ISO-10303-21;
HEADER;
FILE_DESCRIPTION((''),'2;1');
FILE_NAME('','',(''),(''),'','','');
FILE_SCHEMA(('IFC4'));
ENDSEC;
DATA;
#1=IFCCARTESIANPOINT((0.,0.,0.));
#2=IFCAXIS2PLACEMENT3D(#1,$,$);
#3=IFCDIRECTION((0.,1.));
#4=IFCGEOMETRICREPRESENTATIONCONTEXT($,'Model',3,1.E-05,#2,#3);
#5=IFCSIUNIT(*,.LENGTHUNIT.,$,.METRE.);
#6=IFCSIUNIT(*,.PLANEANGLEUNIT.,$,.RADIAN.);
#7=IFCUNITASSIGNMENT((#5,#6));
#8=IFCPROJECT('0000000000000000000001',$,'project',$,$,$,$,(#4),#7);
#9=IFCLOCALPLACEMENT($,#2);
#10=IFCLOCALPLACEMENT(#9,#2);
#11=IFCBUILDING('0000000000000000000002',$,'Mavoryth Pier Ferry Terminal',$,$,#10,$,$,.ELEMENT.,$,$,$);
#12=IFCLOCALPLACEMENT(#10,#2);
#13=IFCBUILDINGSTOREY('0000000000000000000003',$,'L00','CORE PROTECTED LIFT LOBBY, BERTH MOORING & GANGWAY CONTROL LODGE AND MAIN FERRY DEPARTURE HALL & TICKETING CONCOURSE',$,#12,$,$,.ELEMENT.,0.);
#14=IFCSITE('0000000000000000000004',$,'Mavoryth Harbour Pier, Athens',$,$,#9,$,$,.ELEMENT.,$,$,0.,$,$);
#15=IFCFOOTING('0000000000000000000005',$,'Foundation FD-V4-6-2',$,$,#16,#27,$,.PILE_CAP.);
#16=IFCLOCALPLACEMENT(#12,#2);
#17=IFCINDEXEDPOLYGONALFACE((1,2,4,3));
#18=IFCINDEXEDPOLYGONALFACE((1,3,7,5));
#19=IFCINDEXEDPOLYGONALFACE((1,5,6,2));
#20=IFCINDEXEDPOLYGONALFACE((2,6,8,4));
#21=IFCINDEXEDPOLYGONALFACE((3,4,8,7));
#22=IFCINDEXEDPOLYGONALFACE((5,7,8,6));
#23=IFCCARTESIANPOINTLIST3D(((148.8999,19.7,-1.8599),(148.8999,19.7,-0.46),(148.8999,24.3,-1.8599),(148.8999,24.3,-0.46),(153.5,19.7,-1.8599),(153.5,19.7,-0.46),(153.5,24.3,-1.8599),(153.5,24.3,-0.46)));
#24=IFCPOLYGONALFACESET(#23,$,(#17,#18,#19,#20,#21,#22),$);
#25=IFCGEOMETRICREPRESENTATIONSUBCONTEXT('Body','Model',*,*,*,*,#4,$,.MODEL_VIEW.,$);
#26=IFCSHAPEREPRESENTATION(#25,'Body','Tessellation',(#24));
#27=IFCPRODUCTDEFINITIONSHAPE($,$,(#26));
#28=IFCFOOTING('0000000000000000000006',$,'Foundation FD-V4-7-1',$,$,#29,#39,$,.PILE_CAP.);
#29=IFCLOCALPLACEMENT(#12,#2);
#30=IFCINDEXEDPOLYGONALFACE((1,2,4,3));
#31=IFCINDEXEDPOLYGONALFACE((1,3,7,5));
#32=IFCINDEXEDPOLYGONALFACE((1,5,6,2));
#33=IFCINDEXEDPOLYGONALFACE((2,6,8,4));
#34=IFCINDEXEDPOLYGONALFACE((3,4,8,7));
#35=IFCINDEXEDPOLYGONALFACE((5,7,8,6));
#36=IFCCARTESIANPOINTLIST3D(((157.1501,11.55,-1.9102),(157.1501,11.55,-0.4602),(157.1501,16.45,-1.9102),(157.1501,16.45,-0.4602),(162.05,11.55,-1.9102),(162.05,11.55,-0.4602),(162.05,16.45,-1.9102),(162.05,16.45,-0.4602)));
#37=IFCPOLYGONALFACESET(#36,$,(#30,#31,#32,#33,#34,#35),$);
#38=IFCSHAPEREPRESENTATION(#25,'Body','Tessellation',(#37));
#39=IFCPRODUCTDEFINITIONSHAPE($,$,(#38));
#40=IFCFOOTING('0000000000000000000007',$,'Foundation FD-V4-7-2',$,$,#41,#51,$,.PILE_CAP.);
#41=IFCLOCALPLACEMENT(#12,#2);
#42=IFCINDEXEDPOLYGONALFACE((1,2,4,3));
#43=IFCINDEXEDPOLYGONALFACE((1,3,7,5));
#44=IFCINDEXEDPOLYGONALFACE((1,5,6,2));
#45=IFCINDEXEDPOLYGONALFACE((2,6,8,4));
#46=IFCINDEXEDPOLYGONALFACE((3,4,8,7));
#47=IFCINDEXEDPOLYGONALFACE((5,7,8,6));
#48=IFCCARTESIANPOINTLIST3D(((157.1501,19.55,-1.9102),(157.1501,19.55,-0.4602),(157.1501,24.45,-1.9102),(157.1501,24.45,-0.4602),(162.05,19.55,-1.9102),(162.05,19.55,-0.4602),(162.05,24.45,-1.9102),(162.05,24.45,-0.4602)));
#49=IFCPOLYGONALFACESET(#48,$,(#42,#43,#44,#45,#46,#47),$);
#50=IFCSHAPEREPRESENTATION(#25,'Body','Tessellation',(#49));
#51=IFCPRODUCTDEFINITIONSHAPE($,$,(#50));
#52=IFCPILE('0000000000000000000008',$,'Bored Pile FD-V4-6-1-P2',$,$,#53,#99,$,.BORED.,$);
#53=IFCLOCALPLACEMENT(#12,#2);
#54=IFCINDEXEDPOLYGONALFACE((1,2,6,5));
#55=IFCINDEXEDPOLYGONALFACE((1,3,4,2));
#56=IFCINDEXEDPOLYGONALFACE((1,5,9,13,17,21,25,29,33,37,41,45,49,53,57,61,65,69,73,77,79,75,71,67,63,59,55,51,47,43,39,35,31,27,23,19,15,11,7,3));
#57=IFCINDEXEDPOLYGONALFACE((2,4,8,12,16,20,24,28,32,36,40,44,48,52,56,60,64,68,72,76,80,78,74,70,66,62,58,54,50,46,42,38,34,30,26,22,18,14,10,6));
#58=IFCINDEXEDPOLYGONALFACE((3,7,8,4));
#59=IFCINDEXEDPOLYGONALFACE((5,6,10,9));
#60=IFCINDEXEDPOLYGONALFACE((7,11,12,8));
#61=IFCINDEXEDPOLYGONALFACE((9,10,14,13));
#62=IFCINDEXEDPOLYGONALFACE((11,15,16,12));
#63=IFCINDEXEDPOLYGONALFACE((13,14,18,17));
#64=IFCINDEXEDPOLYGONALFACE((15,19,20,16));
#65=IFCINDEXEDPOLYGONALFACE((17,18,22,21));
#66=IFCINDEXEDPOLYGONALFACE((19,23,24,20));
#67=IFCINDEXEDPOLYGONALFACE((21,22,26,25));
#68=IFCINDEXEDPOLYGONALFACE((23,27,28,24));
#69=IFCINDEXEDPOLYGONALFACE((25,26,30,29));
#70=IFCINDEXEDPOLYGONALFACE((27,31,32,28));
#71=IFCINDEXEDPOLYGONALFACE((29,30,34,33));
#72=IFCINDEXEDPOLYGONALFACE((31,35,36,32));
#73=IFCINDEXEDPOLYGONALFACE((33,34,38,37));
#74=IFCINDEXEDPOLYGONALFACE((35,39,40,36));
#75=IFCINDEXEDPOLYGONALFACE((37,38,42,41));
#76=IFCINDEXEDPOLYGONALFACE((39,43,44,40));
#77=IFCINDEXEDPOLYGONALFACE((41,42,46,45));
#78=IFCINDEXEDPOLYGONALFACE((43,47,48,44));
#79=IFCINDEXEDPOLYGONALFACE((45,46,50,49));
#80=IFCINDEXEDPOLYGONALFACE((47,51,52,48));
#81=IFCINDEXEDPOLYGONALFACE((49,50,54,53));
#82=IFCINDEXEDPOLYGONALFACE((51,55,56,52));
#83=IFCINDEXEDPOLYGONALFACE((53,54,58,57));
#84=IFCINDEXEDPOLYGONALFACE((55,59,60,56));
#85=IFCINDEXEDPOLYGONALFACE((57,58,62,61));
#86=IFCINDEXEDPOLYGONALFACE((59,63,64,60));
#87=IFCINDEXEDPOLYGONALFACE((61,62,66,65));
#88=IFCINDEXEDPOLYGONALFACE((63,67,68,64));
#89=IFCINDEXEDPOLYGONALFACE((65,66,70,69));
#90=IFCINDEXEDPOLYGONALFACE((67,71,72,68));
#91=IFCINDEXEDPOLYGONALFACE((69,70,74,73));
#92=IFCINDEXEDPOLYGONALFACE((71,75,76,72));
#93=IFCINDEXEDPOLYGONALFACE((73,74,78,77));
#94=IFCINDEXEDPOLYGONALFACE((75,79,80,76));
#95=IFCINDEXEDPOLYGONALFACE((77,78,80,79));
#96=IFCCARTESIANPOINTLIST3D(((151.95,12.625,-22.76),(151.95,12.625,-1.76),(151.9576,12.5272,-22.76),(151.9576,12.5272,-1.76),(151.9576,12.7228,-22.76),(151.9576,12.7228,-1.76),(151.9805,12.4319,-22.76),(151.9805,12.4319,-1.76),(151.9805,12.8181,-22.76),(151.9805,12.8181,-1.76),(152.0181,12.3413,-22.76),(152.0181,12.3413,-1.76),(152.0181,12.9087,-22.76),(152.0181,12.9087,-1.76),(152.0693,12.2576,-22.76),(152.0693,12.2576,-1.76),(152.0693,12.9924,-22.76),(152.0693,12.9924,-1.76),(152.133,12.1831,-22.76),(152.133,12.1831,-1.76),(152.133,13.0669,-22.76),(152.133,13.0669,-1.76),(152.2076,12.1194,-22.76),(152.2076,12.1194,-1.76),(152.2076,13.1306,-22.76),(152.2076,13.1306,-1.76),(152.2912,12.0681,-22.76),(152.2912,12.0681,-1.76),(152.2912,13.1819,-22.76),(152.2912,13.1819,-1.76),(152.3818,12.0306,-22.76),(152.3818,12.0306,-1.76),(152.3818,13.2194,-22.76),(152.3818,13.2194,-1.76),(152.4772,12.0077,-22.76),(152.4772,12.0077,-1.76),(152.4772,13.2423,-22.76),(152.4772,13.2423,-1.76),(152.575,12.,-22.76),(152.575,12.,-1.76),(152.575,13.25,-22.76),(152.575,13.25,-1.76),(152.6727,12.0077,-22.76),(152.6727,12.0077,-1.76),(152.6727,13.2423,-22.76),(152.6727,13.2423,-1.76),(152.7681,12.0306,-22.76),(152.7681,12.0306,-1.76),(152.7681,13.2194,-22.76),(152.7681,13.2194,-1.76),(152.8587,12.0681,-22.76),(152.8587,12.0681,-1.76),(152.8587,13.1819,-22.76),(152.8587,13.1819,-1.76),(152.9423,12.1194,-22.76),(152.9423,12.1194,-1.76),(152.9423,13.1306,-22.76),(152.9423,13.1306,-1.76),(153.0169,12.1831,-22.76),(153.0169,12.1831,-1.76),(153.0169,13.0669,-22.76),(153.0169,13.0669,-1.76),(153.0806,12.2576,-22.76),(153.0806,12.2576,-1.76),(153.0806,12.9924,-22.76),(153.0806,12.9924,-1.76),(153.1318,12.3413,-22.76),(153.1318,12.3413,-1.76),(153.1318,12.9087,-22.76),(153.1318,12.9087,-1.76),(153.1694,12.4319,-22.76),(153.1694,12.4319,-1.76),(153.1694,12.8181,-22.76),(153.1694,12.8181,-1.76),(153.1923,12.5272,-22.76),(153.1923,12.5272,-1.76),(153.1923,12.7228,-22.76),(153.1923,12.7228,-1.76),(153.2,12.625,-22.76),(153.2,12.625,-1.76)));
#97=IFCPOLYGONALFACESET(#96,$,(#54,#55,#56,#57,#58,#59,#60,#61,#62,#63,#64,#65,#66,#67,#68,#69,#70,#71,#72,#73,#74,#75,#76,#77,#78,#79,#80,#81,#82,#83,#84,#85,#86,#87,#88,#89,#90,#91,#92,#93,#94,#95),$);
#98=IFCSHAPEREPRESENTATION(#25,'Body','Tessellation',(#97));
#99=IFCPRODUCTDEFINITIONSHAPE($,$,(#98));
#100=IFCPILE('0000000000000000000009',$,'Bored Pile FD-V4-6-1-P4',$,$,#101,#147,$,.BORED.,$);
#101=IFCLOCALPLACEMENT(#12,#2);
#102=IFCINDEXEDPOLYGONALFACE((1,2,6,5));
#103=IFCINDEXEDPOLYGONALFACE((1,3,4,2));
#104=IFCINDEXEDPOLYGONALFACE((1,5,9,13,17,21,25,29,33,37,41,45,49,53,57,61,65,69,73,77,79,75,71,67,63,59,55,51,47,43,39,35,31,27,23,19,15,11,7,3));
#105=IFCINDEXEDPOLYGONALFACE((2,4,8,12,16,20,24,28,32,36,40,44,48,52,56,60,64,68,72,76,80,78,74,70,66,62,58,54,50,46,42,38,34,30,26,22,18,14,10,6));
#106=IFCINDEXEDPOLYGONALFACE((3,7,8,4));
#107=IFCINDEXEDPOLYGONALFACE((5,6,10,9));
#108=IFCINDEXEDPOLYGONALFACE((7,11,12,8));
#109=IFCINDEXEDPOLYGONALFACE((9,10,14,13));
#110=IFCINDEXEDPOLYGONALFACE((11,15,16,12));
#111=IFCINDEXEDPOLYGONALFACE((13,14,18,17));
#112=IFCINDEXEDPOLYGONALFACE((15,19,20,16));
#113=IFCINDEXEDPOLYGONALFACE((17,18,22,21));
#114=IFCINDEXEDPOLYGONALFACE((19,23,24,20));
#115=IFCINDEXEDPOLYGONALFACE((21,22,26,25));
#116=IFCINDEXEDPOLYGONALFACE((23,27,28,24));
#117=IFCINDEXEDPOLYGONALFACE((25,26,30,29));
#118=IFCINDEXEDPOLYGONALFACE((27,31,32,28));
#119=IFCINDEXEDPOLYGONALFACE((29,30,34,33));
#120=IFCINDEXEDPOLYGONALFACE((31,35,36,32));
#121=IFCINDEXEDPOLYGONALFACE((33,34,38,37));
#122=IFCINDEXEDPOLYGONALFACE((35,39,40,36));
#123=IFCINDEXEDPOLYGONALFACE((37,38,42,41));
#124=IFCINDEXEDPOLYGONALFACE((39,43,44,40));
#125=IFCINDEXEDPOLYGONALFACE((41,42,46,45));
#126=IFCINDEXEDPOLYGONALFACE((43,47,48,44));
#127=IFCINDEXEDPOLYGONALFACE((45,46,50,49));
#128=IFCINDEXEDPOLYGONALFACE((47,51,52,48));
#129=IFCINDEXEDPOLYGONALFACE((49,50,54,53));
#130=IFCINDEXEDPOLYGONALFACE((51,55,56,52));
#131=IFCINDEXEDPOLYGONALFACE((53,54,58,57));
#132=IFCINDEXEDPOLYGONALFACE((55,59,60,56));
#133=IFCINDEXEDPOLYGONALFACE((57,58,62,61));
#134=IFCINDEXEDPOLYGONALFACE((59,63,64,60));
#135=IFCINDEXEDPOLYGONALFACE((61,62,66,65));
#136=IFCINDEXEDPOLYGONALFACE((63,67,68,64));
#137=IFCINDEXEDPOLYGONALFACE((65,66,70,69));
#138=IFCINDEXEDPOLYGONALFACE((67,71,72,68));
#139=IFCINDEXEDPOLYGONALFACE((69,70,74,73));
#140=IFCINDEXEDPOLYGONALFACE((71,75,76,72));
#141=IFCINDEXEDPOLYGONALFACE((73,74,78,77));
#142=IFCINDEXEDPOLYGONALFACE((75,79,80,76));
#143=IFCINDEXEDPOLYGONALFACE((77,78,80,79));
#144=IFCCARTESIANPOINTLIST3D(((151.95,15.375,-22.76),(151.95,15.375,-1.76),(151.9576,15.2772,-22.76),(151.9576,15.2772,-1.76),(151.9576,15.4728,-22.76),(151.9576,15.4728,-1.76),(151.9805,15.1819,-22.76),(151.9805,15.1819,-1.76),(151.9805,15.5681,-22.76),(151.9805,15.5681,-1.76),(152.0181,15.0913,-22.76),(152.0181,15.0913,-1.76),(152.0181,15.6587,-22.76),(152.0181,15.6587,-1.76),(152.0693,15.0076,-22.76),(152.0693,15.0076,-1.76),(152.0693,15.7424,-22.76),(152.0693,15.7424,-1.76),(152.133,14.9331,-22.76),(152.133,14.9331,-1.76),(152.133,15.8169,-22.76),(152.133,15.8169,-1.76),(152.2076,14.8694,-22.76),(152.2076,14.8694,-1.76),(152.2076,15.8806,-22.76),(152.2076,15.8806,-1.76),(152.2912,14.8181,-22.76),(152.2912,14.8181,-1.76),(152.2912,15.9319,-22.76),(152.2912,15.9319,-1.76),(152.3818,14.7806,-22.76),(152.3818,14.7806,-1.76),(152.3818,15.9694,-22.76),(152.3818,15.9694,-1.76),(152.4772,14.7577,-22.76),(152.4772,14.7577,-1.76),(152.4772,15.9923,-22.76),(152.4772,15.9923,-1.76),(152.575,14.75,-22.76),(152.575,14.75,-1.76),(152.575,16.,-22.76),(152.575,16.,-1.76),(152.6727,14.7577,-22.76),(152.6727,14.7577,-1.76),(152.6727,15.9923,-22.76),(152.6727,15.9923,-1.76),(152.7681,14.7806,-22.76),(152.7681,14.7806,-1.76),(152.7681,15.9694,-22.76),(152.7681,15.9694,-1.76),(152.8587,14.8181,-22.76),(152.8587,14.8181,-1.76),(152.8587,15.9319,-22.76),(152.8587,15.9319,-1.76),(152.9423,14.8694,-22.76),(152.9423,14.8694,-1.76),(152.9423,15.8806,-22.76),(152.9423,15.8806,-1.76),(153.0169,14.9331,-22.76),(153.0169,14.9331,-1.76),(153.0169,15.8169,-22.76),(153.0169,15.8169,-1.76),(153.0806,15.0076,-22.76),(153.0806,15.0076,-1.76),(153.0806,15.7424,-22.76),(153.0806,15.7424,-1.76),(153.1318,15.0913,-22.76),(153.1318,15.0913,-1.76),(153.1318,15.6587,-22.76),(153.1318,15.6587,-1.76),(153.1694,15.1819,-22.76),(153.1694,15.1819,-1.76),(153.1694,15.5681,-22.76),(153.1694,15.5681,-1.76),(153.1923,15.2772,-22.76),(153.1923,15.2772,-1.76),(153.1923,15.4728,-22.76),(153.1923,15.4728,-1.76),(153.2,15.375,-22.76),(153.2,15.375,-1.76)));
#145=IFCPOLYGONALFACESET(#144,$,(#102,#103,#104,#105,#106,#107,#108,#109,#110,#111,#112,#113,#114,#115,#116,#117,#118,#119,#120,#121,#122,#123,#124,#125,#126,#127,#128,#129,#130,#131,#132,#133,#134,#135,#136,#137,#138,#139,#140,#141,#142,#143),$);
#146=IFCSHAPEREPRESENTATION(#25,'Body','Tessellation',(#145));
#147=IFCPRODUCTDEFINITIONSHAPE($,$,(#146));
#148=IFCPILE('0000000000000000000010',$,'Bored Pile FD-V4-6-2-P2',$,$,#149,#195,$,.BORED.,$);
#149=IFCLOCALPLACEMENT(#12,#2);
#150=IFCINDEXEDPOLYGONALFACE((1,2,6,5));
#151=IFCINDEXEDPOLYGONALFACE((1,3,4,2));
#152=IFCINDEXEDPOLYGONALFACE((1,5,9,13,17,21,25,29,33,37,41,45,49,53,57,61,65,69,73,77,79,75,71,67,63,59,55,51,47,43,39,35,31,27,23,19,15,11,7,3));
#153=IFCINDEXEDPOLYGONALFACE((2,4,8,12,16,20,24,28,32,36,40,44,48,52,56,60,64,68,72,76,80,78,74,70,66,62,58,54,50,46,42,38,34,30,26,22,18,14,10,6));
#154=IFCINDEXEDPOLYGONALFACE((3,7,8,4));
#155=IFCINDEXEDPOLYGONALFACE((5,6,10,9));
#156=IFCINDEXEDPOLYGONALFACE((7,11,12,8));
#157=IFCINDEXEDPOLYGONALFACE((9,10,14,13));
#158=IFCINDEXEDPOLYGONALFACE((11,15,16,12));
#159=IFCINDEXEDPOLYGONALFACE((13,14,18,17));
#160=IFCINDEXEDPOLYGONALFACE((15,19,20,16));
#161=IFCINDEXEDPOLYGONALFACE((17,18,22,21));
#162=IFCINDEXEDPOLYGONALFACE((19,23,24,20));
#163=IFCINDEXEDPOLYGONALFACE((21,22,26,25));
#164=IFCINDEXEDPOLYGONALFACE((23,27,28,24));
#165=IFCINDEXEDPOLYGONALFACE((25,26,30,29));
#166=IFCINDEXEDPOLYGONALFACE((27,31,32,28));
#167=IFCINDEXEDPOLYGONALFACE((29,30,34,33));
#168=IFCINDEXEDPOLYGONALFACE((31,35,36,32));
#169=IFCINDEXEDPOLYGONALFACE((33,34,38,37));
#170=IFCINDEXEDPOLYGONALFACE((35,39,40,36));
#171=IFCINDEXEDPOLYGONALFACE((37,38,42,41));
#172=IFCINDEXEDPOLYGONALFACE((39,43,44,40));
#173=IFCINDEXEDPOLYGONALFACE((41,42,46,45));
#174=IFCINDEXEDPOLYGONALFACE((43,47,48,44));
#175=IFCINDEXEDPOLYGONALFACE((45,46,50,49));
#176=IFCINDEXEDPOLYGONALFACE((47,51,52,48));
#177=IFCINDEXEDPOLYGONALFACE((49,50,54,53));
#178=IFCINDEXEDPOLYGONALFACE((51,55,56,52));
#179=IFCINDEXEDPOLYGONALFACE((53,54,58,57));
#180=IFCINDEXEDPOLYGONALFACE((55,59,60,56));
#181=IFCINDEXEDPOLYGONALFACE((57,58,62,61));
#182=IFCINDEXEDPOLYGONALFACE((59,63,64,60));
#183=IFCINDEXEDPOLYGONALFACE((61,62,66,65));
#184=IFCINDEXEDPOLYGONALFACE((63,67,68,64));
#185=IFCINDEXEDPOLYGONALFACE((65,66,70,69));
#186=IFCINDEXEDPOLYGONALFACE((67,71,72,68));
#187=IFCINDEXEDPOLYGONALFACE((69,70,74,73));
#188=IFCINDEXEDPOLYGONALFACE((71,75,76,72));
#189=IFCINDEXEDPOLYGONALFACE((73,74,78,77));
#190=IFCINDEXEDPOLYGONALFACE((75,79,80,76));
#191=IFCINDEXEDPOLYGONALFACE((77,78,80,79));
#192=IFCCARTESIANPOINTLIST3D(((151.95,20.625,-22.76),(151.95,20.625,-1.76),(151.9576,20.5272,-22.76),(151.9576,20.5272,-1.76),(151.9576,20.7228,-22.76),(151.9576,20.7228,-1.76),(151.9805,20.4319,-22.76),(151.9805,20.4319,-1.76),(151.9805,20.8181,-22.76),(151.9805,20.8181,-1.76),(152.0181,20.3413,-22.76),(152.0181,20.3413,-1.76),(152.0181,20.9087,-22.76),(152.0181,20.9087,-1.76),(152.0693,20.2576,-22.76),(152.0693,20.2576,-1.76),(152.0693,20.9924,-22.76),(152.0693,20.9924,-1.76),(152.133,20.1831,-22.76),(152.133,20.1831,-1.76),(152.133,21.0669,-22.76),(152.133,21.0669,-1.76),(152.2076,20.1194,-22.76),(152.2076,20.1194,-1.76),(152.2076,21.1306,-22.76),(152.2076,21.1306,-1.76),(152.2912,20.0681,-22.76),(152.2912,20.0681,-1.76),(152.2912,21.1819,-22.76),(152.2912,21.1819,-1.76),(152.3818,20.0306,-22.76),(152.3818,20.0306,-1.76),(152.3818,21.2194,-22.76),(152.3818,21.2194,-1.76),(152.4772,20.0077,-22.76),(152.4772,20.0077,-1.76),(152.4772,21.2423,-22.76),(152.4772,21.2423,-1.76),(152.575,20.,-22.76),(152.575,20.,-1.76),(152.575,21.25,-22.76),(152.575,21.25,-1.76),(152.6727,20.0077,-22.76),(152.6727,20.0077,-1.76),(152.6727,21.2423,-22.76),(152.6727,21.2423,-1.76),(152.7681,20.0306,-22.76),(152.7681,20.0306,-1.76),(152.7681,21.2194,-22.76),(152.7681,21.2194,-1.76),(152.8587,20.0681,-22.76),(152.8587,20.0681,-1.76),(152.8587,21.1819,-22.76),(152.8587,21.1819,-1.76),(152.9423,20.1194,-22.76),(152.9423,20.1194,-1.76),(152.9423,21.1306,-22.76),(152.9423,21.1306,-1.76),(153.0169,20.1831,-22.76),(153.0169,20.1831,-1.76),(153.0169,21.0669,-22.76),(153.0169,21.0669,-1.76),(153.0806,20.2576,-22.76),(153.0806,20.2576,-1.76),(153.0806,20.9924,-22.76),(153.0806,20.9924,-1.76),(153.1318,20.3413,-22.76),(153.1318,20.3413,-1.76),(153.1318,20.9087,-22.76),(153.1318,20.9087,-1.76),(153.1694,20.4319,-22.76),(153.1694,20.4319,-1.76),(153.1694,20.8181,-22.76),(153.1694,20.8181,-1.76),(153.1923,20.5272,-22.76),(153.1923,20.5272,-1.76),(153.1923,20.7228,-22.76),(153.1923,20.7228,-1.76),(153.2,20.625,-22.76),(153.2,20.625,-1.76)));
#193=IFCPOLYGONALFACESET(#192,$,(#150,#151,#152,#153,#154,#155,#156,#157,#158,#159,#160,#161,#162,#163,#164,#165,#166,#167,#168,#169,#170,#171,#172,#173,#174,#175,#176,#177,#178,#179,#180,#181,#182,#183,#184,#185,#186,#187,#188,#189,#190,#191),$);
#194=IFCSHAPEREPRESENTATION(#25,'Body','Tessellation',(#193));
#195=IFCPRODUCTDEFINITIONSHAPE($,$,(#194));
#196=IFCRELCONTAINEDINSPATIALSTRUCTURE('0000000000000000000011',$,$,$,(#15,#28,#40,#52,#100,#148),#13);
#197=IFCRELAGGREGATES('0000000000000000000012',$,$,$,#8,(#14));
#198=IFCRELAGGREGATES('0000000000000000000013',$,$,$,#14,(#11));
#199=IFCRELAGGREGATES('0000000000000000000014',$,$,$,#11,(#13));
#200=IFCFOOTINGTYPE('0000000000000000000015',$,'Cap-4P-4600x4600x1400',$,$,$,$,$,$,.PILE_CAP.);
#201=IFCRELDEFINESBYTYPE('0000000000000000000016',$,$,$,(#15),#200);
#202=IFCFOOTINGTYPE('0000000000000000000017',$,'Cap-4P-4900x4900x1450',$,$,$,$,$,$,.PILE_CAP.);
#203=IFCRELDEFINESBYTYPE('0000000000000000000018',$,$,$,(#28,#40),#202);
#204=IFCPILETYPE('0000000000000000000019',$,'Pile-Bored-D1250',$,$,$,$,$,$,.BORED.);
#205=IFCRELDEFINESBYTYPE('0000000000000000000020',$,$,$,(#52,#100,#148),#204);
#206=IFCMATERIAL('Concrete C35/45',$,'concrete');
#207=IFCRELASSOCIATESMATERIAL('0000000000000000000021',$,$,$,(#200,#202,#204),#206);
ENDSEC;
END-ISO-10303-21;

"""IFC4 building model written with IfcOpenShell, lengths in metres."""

from ifc_helpers import new_model, si_unit, direction, frame, origin, origin_2d, place, context, subcontext, project, spatial, rectangle, circle, extrude, material, material_profile, profile_set, type_object, element, save


model = new_model("IFC4")

# Units and contexts
model_context = context("Model", 3, precision=1e-05, world=origin(), true_north=direction((0.0, 1.0)))
body_context = subcontext(model_context, "Body", "Model", "MODEL_VIEW")
ifc_project = project(units=[si_unit("LENGTHUNIT", "METRE"), si_unit("PLANEANGLEUNIT", "RADIAN")], contexts=[model_context])

# Site, building, storey
site_placement = place(None, origin())
site = spatial("IfcSite", under=ifc_project, at=site_placement, Name="Mavoryth Harbour Pier, Athens", CompositionType="ELEMENT", RefElevation=0.0)
building_placement = place(site_placement, origin())
building = spatial("IfcBuilding", under=site, at=building_placement, Name="Mavoryth Pier Ferry Terminal", CompositionType="ELEMENT")
storey_placement = place(building_placement, origin())
storey = spatial("IfcBuildingStorey", under=building, at=storey_placement, Name="L00", Description="CORE PROTECTED LIFT LOBBY, BERTH MOORING & GANGWAY CONTROL LODGE AND MAIN FERRY DEPARTURE HALL & TICKETING CONCOURSE", CompositionType="ELEMENT", Elevation=0.0)

# Footings
ifc_material_1 = material(Name="Concrete C35/45", Category="concrete")
footing_type_1 = type_object("IfcFootingType", Name="Cap-4P-4600x4600x1400", PredefinedType="PILE_CAP", material=ifc_material_1)
footing_1_placement = place(storey_placement, frame((151.2, 22.0, -1.8599), z_axis=(0.0, 0.0, 1.0), x_axis=(1.0, 0.0, 0.0)))
element("IfcFooting", 1, at=footing_1_placement, inside=storey, type_object=footing_type_1, Name="Foundation FD-V4-6-2", PredefinedType="PILE_CAP", context=body_context, shape_type="SweptSolid", body=[
    extrude(rectangle(XDim=4.6001, YDim=4.6001, at=origin_2d()), origin(), (0.0, 0.0, 1.0), 1.3999),
])
footing_type_2 = type_object("IfcFootingType", Name="Cap-4P-4900x4900x1450", PredefinedType="PILE_CAP", material=ifc_material_1)
for number, where, z_axis, x_axis, name in (
    (2, (159.6001, 14.0, -1.9102), (0.0, 0.0, 1.0), (1.0, 0.0, 0.0), "Foundation FD-V4-7-1"),
    (3, (159.6001, 22.0, -1.9102), (0.0, 0.0, 1.0), (1.0, 0.0, 0.0), "Foundation FD-V4-7-2"),
):
    element("IfcFooting", number, at=place(storey_placement, frame(where, z_axis=z_axis, x_axis=x_axis)), inside=storey, type_object=footing_type_2, Name=name, PredefinedType="PILE_CAP", context=body_context, shape_type="SweptSolid", body=[
        extrude(rectangle(XDim=4.8999, YDim=4.8999, at=origin_2d()), origin(), (0.0, 0.0, 1.0), 1.45),
    ])

# Piles
ifc_material_profile_1 = material_profile(ifc_material_1, circle(Radius=0.625, at=origin_2d()), Name="PILE D1250", Category="concrete")
ifc_profile_set_1 = profile_set([ifc_material_profile_1], Name="Concrete C35/45 - PILE D1250")
pile_type = type_object("IfcPileType", Name="Pile-Bored-D1250", PredefinedType="BORED", material=ifc_profile_set_1)
for number, where, z_axis, x_axis, name in (
    (4, (152.575, 12.625, -1.76), (0.0, 0.0, -1.0), (1.0, 0.0, 0.0), "Bored Pile FD-V4-6-1-P2"),
    (5, (152.575, 15.375, -1.76), (0.0, 0.0, -1.0), (1.0, 0.0, 0.0), "Bored Pile FD-V4-6-1-P4"),
    (6, (152.575, 20.625, -1.76), (0.0, 0.0, -1.0), (1.0, 0.0, 0.0), "Bored Pile FD-V4-6-2-P2"),
):
    element("IfcPile", number, at=place(storey_placement, frame(where, z_axis=z_axis, x_axis=x_axis)), inside=storey, type_object=pile_type, Name=name, PredefinedType="BORED", context=body_context, shape_type="SweptSolid", body=[
        extrude(circle(Radius=0.625, at=origin_2d()), origin(), (0.0, 0.0, 1.0), 21.0),
    ])

save(model, "model.ifc")
